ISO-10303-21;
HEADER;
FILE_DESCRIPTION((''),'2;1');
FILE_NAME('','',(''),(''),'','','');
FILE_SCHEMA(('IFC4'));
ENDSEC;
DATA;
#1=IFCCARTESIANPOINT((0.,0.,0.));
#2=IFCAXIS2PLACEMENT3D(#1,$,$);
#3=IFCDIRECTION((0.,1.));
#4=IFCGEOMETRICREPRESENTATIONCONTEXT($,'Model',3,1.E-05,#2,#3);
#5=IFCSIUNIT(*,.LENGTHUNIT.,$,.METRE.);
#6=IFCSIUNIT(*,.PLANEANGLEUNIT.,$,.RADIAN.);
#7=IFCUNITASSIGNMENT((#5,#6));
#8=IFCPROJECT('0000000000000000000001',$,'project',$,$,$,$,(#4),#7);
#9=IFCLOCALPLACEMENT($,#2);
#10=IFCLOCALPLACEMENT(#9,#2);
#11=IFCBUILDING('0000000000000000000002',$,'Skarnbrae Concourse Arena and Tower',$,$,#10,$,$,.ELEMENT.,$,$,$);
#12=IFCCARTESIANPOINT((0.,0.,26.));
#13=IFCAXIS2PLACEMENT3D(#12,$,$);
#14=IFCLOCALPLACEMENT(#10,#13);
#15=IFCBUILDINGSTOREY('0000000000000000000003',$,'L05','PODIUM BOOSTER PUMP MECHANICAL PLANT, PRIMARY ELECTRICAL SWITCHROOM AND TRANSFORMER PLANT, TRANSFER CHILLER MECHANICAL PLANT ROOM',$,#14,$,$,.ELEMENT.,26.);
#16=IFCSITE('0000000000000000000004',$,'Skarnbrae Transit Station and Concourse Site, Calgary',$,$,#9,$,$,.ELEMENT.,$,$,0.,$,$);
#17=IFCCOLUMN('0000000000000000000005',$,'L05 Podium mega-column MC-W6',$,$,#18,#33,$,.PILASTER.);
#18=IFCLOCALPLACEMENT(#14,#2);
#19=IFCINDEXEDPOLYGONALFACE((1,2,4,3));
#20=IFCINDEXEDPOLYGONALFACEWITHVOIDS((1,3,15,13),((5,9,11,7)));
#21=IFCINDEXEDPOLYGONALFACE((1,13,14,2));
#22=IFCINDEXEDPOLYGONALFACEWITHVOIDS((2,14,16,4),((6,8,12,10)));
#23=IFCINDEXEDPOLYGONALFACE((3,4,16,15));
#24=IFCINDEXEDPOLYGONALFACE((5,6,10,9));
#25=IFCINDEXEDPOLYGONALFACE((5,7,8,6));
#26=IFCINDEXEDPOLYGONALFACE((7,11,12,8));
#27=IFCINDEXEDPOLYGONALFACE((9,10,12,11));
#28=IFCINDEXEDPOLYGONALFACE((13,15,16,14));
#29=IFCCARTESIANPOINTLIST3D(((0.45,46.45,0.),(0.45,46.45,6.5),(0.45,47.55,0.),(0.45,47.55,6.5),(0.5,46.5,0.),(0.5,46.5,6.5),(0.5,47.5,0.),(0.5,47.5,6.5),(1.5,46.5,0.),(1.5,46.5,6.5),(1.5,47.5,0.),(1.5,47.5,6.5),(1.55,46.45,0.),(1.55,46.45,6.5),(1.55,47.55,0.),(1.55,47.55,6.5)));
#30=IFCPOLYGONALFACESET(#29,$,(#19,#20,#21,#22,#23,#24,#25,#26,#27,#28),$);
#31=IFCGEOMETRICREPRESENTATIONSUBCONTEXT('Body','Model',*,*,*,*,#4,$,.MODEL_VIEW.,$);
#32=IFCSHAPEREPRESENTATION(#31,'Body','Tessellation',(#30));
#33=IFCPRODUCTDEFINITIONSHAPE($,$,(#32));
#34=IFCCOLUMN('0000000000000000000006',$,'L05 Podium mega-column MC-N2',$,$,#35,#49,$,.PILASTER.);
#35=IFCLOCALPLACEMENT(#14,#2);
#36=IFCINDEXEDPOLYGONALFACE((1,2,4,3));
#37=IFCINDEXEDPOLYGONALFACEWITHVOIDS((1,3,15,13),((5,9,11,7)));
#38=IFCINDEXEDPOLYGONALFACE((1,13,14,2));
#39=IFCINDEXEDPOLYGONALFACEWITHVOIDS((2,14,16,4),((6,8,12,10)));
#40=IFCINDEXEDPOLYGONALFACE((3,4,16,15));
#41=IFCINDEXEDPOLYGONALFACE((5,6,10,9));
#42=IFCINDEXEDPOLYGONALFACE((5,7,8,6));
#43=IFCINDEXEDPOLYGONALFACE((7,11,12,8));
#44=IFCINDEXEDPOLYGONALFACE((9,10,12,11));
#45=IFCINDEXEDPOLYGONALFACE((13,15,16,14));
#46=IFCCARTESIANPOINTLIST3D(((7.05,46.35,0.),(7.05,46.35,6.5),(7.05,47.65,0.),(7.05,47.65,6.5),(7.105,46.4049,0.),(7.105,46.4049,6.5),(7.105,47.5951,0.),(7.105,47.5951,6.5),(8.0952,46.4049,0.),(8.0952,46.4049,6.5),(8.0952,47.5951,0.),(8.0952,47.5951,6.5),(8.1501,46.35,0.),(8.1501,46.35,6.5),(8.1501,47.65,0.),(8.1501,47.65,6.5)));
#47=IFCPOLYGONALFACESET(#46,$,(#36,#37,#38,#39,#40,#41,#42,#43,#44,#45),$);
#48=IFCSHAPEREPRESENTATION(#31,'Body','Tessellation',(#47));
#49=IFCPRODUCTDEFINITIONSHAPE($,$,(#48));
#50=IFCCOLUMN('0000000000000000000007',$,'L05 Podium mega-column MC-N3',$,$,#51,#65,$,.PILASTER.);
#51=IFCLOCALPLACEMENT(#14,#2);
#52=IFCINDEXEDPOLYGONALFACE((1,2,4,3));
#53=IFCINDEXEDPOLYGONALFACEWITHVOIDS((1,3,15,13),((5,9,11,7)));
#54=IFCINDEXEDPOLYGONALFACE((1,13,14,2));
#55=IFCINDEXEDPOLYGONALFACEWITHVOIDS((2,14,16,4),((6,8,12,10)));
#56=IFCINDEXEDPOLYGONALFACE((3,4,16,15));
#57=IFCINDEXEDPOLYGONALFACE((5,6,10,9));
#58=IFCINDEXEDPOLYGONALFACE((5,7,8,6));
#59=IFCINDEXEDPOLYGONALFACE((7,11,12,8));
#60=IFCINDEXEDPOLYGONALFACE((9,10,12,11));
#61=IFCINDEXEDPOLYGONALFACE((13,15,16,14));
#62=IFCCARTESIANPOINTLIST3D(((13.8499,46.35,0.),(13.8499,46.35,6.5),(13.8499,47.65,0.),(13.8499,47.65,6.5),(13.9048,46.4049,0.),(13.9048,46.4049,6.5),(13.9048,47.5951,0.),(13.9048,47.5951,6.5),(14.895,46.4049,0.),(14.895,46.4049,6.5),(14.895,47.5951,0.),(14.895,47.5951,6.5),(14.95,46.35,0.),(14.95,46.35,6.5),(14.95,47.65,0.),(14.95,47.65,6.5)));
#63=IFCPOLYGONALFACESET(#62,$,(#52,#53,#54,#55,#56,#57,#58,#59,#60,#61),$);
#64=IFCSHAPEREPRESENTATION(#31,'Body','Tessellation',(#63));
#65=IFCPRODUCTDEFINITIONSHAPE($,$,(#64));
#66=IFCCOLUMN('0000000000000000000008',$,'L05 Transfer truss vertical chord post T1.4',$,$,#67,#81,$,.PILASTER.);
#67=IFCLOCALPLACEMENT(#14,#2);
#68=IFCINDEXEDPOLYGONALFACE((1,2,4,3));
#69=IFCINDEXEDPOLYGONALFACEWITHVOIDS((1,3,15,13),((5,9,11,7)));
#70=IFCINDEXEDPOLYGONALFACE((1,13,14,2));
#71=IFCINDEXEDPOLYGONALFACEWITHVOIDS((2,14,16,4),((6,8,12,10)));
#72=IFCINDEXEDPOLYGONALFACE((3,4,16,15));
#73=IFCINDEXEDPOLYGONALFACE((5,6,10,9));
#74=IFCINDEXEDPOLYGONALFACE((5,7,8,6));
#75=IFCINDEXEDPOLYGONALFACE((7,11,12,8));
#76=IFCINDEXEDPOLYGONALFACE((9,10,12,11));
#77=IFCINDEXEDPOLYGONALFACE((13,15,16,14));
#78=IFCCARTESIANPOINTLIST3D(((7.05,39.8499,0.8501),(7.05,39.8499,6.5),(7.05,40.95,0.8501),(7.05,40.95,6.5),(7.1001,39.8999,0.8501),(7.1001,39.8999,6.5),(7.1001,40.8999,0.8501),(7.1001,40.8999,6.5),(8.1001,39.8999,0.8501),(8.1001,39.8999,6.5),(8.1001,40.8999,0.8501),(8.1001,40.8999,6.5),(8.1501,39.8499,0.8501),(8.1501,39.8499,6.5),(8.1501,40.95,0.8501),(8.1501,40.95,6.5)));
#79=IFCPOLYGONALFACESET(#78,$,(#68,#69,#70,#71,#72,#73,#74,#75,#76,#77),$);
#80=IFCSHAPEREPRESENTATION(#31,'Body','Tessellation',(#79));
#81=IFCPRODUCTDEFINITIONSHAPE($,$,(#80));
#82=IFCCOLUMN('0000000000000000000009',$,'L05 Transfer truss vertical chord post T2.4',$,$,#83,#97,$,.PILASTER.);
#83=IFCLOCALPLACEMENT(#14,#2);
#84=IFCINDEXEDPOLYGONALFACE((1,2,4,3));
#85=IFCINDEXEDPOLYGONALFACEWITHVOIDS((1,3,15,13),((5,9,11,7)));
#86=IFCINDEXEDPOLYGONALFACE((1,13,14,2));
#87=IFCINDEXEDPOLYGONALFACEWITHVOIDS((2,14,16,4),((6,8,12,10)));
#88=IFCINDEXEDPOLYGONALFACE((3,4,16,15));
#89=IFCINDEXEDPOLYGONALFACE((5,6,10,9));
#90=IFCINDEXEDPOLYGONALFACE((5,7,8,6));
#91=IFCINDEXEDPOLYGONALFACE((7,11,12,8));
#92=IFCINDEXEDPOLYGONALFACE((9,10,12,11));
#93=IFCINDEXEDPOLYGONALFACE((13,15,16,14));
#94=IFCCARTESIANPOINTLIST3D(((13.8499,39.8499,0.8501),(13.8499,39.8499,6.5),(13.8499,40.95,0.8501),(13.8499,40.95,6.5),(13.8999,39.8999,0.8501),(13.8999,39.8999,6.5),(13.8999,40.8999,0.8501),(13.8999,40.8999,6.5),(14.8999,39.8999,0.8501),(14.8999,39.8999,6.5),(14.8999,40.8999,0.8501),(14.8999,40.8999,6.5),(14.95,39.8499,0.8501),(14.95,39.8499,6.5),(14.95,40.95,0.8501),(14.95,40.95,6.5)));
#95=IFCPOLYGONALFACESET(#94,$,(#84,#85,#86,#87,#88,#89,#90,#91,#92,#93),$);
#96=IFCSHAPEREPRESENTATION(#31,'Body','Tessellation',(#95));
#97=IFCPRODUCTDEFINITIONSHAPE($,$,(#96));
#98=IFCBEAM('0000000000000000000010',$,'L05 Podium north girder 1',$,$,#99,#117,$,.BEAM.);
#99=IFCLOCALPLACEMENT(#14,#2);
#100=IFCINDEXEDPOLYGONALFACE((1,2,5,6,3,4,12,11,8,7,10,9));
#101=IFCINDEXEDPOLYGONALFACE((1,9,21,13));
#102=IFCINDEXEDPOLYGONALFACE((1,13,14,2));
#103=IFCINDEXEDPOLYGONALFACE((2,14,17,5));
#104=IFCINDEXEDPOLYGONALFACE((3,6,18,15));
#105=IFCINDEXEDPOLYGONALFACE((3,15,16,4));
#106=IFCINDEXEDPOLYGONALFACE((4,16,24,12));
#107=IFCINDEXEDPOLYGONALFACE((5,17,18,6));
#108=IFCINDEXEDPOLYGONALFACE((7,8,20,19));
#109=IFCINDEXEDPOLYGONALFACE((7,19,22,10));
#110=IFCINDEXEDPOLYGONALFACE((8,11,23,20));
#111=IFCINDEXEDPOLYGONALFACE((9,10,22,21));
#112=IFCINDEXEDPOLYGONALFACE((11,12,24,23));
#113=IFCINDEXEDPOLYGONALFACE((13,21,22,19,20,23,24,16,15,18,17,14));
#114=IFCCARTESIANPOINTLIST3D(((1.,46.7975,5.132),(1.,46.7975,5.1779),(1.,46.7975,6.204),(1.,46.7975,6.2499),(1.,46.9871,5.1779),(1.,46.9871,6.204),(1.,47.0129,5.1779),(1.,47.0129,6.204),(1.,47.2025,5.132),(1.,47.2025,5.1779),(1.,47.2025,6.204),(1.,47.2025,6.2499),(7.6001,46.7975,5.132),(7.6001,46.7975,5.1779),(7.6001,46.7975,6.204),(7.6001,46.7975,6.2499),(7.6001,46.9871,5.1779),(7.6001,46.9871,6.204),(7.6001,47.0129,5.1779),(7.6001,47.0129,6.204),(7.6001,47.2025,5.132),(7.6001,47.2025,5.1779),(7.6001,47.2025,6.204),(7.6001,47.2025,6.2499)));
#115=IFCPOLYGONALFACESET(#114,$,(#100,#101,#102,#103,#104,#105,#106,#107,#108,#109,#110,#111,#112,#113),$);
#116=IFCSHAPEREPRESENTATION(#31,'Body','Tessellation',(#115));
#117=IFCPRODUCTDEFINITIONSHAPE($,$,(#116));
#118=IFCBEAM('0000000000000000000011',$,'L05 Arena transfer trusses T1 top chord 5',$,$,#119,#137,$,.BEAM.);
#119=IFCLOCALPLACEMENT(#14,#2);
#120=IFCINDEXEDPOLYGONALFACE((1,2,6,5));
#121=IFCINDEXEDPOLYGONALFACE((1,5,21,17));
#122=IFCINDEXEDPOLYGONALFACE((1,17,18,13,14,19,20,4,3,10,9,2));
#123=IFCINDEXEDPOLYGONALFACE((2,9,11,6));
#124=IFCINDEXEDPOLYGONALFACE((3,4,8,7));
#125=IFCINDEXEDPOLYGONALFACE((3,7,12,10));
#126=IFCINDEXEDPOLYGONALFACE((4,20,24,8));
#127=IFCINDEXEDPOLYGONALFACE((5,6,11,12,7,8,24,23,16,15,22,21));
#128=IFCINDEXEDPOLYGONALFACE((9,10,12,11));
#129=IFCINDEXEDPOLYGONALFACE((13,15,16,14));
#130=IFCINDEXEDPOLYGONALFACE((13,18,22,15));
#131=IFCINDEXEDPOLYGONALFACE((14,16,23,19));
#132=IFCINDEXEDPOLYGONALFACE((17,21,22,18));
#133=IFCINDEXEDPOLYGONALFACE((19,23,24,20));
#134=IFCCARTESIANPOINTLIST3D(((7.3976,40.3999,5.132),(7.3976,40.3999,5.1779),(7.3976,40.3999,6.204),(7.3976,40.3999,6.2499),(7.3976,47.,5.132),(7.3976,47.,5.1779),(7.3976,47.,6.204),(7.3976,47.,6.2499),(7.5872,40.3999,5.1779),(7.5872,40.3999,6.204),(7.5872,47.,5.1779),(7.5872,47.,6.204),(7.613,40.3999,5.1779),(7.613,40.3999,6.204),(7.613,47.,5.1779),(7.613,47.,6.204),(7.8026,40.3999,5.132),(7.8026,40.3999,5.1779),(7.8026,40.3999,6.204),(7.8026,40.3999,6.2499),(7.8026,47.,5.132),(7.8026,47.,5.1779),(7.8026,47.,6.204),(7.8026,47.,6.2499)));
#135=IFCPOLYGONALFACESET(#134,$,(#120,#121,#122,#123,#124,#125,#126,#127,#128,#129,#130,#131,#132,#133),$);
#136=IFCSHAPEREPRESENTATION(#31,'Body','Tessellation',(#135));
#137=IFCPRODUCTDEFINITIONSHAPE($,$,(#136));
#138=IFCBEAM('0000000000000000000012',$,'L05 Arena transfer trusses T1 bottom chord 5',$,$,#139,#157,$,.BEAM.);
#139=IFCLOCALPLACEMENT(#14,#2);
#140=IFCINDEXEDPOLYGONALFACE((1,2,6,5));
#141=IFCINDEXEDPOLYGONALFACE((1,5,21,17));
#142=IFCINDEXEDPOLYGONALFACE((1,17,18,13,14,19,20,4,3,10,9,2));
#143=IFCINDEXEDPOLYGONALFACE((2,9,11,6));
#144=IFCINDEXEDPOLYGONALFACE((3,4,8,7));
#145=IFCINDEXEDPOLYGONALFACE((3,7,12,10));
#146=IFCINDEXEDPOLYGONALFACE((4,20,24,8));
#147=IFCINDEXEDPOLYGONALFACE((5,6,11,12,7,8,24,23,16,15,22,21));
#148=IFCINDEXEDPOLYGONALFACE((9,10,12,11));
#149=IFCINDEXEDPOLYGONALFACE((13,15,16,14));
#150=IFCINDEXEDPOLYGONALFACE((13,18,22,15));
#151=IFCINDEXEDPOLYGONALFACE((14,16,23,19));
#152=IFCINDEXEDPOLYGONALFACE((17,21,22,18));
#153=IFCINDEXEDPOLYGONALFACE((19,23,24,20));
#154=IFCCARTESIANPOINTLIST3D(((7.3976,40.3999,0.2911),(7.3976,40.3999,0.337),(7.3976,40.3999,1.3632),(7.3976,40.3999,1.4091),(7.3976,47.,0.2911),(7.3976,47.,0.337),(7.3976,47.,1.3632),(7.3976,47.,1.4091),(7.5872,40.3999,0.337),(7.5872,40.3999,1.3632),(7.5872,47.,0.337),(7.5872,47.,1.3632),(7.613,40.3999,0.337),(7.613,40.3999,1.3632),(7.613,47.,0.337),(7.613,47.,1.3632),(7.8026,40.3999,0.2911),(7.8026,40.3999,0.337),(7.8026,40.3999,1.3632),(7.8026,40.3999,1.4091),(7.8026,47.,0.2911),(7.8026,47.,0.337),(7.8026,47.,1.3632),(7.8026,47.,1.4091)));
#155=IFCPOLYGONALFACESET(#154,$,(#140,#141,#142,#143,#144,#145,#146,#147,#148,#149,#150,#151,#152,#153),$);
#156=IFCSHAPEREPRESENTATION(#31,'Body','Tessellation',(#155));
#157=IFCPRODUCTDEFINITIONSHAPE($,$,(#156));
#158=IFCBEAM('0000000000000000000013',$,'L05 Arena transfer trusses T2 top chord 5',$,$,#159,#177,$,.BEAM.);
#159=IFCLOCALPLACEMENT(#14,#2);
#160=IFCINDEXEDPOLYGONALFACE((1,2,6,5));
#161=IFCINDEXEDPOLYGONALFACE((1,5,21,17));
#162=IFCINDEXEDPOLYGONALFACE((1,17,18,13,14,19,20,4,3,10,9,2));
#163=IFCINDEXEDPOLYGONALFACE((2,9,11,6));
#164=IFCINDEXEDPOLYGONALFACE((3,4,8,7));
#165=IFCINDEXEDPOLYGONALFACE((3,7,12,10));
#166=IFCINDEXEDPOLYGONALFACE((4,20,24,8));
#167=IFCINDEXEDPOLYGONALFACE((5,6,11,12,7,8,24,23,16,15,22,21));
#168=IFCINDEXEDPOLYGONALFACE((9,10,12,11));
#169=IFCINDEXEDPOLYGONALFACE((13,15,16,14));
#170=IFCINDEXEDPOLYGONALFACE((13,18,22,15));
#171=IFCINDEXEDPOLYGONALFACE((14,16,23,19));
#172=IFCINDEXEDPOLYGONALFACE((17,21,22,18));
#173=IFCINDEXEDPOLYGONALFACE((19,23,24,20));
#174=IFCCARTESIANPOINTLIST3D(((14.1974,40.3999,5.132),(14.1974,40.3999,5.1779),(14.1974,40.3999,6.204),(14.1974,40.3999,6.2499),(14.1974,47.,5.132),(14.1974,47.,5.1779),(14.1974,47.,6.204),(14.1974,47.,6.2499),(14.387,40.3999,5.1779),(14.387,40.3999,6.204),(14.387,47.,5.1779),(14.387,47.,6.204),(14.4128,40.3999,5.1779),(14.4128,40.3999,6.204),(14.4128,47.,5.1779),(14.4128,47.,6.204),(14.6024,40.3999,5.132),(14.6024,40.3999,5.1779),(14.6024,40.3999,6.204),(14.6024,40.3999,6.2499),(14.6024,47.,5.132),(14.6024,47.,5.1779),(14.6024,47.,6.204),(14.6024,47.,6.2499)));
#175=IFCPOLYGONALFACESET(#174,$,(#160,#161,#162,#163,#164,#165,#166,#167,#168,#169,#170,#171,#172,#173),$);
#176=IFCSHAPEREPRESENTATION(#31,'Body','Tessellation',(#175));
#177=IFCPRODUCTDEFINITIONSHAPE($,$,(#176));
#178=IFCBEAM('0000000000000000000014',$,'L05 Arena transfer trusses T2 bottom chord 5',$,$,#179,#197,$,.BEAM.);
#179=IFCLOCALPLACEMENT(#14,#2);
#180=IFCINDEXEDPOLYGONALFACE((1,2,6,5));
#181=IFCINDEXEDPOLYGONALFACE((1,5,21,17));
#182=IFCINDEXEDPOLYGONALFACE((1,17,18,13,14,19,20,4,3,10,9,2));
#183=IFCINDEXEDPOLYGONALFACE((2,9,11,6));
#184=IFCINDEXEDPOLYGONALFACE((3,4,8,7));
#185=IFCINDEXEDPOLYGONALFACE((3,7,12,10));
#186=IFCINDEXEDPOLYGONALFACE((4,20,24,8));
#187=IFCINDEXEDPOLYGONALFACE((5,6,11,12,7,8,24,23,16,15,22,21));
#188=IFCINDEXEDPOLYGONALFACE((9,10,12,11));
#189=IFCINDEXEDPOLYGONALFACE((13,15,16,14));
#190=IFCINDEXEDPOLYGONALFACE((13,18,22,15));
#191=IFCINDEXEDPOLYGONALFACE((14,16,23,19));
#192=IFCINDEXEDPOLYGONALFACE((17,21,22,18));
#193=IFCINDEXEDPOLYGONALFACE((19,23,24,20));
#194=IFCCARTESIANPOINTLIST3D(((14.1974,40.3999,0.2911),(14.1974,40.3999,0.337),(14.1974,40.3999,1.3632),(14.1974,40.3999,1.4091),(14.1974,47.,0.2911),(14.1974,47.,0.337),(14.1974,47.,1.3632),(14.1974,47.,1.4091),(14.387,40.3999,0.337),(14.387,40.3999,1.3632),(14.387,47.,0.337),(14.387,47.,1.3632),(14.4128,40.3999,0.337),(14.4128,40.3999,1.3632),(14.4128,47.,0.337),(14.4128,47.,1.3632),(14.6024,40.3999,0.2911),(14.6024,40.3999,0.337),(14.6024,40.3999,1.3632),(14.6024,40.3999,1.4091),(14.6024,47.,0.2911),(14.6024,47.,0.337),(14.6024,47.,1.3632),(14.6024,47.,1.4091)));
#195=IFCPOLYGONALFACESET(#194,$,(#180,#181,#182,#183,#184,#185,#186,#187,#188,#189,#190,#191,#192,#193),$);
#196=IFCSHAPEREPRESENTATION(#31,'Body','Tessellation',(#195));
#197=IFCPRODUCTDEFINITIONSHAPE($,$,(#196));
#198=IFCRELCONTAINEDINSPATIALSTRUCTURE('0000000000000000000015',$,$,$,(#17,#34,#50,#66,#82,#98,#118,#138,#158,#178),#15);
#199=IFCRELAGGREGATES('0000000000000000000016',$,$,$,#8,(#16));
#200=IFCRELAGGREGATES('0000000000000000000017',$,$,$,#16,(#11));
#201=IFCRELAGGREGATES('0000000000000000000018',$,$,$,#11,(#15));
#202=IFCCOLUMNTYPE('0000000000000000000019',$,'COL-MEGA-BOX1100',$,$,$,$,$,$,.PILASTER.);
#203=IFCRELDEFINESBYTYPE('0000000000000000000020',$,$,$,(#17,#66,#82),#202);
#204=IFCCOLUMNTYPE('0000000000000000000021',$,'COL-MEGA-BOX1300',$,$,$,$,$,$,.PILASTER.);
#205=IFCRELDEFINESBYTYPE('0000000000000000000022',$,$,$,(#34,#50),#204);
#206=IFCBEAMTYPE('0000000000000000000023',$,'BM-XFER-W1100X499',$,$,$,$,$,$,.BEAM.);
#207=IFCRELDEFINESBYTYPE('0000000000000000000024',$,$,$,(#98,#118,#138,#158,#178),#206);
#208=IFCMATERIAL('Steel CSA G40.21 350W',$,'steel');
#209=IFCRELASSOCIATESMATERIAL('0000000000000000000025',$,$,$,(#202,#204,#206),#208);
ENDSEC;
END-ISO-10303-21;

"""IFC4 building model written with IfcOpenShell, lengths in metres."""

from ifc_helpers import new_model, si_unit, direction, frame, origin, origin_2d, place, context, subcontext, project, spatial, hollow_rectangle, i_section, extrude, source, transform, mapped, material, material_profile, profile_set, type_object, element, save


model = new_model("IFC4")

# Units and contexts
model_context = context("Model", 3, precision=1e-05, world=origin(), true_north=direction((0.0, 1.0)))
body_context = subcontext(model_context, "Body", "Model", "MODEL_VIEW")
ifc_project = project(units=[si_unit("LENGTHUNIT", "METRE"), si_unit("PLANEANGLEUNIT", "RADIAN")], contexts=[model_context])

# Site, building, storey
site_placement = place(None, origin())
site = spatial("IfcSite", under=ifc_project, at=site_placement, Name="Skarnbrae Transit Station and Concourse Site, Calgary", CompositionType="ELEMENT", RefElevation=0.0)
building_placement = place(site_placement, origin())
building = spatial("IfcBuilding", under=site, at=building_placement, Name="Skarnbrae Concourse Arena and Tower", CompositionType="ELEMENT")
storey_placement = place(building_placement, frame((0.0, 0.0, 26.0)))
storey = spatial("IfcBuildingStorey", under=building, at=storey_placement, Name="L05", Description="PODIUM BOOSTER PUMP MECHANICAL PLANT, PRIMARY ELECTRICAL SWITCHROOM AND TRANSFORMER PLANT, TRANSFER CHILLER MECHANICAL PLANT ROOM", CompositionType="ELEMENT", Elevation=26.0)

# Columns
ifc_material_1 = material(Name="Steel CSA G40.21 350W", Category="steel")
ifc_material_profile_1 = material_profile(ifc_material_1, hollow_rectangle(XDim=1.1001, YDim=1.1001, WallThickness=0.05, at=origin_2d()), Name="BOX1100X1100X50")
ifc_profile_set_1 = profile_set([ifc_material_profile_1], Name="Steel CSA G40.21 350W")
column_type_1 = type_object("IfcColumnType", Name="COL-MEGA-BOX1100", PredefinedType="PILASTER", material=ifc_profile_set_1)
shared_shape_1 = source(origin(), body_context, "Body", "SweptSolid", [
    extrude(hollow_rectangle(XDim=1.1001, YDim=1.1001, WallThickness=0.05, at=origin_2d()), origin(), (0.0, 0.0, 1.0), 6.5),
])
column_placement = place(storey_placement, frame((1.0, 47.0, 0.0), z_axis=(0.0, 0.0, 1.0), x_axis=(1.0, 0.0, 0.0)))
element("IfcColumn", 1, at=column_placement, inside=storey, type_object=column_type_1, Name="L05 Podium mega-column MC-W6", PredefinedType="PILASTER", context=body_context, shape_type="MappedRepresentation", body=[
    mapped(shared_shape_1, transform((0.0, 0.0, 0.0))),
])
ifc_material_profile_2 = material_profile(ifc_material_1, hollow_rectangle(XDim=1.1001, YDim=1.3, WallThickness=0.0549, at=origin_2d()), Name="BOX1300X1100X55")
ifc_profile_set_2 = profile_set([ifc_material_profile_2], Name="Steel CSA G40.21 350W")
column_type_2 = type_object("IfcColumnType", Name="COL-MEGA-BOX1300", PredefinedType="PILASTER", material=ifc_profile_set_2)
shared_shape_2 = source(origin(), body_context, "Body", "SweptSolid", [
    extrude(hollow_rectangle(XDim=1.1001, YDim=1.3, WallThickness=0.0549, at=origin_2d()), origin(), (0.0, 0.0, 1.0), 6.5),
])
for number, where, z_axis, x_axis, name in (
    (2, (7.6001, 47.0, 0.0), (0.0, 0.0, 1.0), (1.0, 0.0, 0.0), "L05 Podium mega-column MC-N2"),
    (3, (14.3999, 47.0, 0.0), (0.0, 0.0, 1.0), (1.0, 0.0, 0.0), "L05 Podium mega-column MC-N3"),
):
    element("IfcColumn", number, at=place(storey_placement, frame(where, z_axis=z_axis, x_axis=x_axis)), inside=storey, type_object=column_type_2, Name=name, PredefinedType="PILASTER", context=body_context, shape_type="MappedRepresentation", body=[
        mapped(shared_shape_2, transform((0.0, 0.0, 0.0))),
    ])
shared_shape_3 = source(origin(), body_context, "Body", "SweptSolid", [
    extrude(hollow_rectangle(XDim=1.1001, YDim=1.1001, WallThickness=0.05, at=origin_2d()), origin(), (0.0, 0.0, 1.0), 5.6499),
])
for number, where, z_axis, x_axis, name in (
    (4, (7.6001, 40.3999, 0.8501), (0.0, 0.0, 1.0), (1.0, 0.0, 0.0), "L05 Transfer truss vertical chord post T1.4"),
    (5, (14.3999, 40.3999, 0.8501), (0.0, 0.0, 1.0), (1.0, 0.0, 0.0), "L05 Transfer truss vertical chord post T2.4"),
):
    element("IfcColumn", number, at=place(storey_placement, frame(where, z_axis=z_axis, x_axis=x_axis)), inside=storey, type_object=column_type_1, Name=name, PredefinedType="PILASTER", context=body_context, shape_type="MappedRepresentation", body=[
        mapped(shared_shape_3, transform((0.0, 0.0, 0.0))),
    ])

# Beams
ifc_material_profile_3 = material_profile(ifc_material_1, i_section(OverallWidth=0.405, OverallDepth=1.1179, WebThickness=0.0259, FlangeThickness=0.0459, at=origin_2d()), Name="W1100X499")
ifc_profile_set_3 = profile_set([ifc_material_profile_3], Name="Steel CSA G40.21 350W")
beam_type = type_object("IfcBeamType", Name="BM-XFER-W1100X499", PredefinedType="BEAM", material=ifc_profile_set_3)
shared_shape_4 = source(origin(), body_context, "Body", "SweptSolid", [
    extrude(i_section(OverallWidth=0.405, OverallDepth=1.1179, WebThickness=0.0259, FlangeThickness=0.0459, at=origin_2d()), origin(), (0.0, 0.0, 1.0), 6.6001),
])
for number, where, z_axis, x_axis, name in (
    (6, (1.0, 47.0, 5.6909), (1.0, 0.0, 0.0), (0.0, 1.0, 0.0), "L05 Podium north girder 1"),
    (7, (7.6001, 40.3999, 5.6909), (0.0, 1.0, 0.0), (-1.0, 0.0, 0.0), "L05 Arena transfer trusses T1 top chord 5"),
    (8, (7.6001, 40.3999, 0.8501), (0.0, 1.0, 0.0), (-1.0, 0.0, 0.0), "L05 Arena transfer trusses T1 bottom chord 5"),
    (9, (14.3999, 40.3999, 5.6909), (0.0, 1.0, 0.0), (-1.0, 0.0, 0.0), "L05 Arena transfer trusses T2 top chord 5"),
    (10, (14.3999, 40.3999, 0.8501), (0.0, 1.0, 0.0), (-1.0, 0.0, 0.0), "L05 Arena transfer trusses T2 bottom chord 5"),
):
    element("IfcBeam", number, at=place(storey_placement, frame(where, z_axis=z_axis, x_axis=x_axis)), inside=storey, type_object=beam_type, Name=name, PredefinedType="BEAM", context=body_context, shape_type="MappedRepresentation", body=[
        mapped(shared_shape_4, transform((0.0, 0.0, 0.0))),
    ])

save(model, "model.ifc")
